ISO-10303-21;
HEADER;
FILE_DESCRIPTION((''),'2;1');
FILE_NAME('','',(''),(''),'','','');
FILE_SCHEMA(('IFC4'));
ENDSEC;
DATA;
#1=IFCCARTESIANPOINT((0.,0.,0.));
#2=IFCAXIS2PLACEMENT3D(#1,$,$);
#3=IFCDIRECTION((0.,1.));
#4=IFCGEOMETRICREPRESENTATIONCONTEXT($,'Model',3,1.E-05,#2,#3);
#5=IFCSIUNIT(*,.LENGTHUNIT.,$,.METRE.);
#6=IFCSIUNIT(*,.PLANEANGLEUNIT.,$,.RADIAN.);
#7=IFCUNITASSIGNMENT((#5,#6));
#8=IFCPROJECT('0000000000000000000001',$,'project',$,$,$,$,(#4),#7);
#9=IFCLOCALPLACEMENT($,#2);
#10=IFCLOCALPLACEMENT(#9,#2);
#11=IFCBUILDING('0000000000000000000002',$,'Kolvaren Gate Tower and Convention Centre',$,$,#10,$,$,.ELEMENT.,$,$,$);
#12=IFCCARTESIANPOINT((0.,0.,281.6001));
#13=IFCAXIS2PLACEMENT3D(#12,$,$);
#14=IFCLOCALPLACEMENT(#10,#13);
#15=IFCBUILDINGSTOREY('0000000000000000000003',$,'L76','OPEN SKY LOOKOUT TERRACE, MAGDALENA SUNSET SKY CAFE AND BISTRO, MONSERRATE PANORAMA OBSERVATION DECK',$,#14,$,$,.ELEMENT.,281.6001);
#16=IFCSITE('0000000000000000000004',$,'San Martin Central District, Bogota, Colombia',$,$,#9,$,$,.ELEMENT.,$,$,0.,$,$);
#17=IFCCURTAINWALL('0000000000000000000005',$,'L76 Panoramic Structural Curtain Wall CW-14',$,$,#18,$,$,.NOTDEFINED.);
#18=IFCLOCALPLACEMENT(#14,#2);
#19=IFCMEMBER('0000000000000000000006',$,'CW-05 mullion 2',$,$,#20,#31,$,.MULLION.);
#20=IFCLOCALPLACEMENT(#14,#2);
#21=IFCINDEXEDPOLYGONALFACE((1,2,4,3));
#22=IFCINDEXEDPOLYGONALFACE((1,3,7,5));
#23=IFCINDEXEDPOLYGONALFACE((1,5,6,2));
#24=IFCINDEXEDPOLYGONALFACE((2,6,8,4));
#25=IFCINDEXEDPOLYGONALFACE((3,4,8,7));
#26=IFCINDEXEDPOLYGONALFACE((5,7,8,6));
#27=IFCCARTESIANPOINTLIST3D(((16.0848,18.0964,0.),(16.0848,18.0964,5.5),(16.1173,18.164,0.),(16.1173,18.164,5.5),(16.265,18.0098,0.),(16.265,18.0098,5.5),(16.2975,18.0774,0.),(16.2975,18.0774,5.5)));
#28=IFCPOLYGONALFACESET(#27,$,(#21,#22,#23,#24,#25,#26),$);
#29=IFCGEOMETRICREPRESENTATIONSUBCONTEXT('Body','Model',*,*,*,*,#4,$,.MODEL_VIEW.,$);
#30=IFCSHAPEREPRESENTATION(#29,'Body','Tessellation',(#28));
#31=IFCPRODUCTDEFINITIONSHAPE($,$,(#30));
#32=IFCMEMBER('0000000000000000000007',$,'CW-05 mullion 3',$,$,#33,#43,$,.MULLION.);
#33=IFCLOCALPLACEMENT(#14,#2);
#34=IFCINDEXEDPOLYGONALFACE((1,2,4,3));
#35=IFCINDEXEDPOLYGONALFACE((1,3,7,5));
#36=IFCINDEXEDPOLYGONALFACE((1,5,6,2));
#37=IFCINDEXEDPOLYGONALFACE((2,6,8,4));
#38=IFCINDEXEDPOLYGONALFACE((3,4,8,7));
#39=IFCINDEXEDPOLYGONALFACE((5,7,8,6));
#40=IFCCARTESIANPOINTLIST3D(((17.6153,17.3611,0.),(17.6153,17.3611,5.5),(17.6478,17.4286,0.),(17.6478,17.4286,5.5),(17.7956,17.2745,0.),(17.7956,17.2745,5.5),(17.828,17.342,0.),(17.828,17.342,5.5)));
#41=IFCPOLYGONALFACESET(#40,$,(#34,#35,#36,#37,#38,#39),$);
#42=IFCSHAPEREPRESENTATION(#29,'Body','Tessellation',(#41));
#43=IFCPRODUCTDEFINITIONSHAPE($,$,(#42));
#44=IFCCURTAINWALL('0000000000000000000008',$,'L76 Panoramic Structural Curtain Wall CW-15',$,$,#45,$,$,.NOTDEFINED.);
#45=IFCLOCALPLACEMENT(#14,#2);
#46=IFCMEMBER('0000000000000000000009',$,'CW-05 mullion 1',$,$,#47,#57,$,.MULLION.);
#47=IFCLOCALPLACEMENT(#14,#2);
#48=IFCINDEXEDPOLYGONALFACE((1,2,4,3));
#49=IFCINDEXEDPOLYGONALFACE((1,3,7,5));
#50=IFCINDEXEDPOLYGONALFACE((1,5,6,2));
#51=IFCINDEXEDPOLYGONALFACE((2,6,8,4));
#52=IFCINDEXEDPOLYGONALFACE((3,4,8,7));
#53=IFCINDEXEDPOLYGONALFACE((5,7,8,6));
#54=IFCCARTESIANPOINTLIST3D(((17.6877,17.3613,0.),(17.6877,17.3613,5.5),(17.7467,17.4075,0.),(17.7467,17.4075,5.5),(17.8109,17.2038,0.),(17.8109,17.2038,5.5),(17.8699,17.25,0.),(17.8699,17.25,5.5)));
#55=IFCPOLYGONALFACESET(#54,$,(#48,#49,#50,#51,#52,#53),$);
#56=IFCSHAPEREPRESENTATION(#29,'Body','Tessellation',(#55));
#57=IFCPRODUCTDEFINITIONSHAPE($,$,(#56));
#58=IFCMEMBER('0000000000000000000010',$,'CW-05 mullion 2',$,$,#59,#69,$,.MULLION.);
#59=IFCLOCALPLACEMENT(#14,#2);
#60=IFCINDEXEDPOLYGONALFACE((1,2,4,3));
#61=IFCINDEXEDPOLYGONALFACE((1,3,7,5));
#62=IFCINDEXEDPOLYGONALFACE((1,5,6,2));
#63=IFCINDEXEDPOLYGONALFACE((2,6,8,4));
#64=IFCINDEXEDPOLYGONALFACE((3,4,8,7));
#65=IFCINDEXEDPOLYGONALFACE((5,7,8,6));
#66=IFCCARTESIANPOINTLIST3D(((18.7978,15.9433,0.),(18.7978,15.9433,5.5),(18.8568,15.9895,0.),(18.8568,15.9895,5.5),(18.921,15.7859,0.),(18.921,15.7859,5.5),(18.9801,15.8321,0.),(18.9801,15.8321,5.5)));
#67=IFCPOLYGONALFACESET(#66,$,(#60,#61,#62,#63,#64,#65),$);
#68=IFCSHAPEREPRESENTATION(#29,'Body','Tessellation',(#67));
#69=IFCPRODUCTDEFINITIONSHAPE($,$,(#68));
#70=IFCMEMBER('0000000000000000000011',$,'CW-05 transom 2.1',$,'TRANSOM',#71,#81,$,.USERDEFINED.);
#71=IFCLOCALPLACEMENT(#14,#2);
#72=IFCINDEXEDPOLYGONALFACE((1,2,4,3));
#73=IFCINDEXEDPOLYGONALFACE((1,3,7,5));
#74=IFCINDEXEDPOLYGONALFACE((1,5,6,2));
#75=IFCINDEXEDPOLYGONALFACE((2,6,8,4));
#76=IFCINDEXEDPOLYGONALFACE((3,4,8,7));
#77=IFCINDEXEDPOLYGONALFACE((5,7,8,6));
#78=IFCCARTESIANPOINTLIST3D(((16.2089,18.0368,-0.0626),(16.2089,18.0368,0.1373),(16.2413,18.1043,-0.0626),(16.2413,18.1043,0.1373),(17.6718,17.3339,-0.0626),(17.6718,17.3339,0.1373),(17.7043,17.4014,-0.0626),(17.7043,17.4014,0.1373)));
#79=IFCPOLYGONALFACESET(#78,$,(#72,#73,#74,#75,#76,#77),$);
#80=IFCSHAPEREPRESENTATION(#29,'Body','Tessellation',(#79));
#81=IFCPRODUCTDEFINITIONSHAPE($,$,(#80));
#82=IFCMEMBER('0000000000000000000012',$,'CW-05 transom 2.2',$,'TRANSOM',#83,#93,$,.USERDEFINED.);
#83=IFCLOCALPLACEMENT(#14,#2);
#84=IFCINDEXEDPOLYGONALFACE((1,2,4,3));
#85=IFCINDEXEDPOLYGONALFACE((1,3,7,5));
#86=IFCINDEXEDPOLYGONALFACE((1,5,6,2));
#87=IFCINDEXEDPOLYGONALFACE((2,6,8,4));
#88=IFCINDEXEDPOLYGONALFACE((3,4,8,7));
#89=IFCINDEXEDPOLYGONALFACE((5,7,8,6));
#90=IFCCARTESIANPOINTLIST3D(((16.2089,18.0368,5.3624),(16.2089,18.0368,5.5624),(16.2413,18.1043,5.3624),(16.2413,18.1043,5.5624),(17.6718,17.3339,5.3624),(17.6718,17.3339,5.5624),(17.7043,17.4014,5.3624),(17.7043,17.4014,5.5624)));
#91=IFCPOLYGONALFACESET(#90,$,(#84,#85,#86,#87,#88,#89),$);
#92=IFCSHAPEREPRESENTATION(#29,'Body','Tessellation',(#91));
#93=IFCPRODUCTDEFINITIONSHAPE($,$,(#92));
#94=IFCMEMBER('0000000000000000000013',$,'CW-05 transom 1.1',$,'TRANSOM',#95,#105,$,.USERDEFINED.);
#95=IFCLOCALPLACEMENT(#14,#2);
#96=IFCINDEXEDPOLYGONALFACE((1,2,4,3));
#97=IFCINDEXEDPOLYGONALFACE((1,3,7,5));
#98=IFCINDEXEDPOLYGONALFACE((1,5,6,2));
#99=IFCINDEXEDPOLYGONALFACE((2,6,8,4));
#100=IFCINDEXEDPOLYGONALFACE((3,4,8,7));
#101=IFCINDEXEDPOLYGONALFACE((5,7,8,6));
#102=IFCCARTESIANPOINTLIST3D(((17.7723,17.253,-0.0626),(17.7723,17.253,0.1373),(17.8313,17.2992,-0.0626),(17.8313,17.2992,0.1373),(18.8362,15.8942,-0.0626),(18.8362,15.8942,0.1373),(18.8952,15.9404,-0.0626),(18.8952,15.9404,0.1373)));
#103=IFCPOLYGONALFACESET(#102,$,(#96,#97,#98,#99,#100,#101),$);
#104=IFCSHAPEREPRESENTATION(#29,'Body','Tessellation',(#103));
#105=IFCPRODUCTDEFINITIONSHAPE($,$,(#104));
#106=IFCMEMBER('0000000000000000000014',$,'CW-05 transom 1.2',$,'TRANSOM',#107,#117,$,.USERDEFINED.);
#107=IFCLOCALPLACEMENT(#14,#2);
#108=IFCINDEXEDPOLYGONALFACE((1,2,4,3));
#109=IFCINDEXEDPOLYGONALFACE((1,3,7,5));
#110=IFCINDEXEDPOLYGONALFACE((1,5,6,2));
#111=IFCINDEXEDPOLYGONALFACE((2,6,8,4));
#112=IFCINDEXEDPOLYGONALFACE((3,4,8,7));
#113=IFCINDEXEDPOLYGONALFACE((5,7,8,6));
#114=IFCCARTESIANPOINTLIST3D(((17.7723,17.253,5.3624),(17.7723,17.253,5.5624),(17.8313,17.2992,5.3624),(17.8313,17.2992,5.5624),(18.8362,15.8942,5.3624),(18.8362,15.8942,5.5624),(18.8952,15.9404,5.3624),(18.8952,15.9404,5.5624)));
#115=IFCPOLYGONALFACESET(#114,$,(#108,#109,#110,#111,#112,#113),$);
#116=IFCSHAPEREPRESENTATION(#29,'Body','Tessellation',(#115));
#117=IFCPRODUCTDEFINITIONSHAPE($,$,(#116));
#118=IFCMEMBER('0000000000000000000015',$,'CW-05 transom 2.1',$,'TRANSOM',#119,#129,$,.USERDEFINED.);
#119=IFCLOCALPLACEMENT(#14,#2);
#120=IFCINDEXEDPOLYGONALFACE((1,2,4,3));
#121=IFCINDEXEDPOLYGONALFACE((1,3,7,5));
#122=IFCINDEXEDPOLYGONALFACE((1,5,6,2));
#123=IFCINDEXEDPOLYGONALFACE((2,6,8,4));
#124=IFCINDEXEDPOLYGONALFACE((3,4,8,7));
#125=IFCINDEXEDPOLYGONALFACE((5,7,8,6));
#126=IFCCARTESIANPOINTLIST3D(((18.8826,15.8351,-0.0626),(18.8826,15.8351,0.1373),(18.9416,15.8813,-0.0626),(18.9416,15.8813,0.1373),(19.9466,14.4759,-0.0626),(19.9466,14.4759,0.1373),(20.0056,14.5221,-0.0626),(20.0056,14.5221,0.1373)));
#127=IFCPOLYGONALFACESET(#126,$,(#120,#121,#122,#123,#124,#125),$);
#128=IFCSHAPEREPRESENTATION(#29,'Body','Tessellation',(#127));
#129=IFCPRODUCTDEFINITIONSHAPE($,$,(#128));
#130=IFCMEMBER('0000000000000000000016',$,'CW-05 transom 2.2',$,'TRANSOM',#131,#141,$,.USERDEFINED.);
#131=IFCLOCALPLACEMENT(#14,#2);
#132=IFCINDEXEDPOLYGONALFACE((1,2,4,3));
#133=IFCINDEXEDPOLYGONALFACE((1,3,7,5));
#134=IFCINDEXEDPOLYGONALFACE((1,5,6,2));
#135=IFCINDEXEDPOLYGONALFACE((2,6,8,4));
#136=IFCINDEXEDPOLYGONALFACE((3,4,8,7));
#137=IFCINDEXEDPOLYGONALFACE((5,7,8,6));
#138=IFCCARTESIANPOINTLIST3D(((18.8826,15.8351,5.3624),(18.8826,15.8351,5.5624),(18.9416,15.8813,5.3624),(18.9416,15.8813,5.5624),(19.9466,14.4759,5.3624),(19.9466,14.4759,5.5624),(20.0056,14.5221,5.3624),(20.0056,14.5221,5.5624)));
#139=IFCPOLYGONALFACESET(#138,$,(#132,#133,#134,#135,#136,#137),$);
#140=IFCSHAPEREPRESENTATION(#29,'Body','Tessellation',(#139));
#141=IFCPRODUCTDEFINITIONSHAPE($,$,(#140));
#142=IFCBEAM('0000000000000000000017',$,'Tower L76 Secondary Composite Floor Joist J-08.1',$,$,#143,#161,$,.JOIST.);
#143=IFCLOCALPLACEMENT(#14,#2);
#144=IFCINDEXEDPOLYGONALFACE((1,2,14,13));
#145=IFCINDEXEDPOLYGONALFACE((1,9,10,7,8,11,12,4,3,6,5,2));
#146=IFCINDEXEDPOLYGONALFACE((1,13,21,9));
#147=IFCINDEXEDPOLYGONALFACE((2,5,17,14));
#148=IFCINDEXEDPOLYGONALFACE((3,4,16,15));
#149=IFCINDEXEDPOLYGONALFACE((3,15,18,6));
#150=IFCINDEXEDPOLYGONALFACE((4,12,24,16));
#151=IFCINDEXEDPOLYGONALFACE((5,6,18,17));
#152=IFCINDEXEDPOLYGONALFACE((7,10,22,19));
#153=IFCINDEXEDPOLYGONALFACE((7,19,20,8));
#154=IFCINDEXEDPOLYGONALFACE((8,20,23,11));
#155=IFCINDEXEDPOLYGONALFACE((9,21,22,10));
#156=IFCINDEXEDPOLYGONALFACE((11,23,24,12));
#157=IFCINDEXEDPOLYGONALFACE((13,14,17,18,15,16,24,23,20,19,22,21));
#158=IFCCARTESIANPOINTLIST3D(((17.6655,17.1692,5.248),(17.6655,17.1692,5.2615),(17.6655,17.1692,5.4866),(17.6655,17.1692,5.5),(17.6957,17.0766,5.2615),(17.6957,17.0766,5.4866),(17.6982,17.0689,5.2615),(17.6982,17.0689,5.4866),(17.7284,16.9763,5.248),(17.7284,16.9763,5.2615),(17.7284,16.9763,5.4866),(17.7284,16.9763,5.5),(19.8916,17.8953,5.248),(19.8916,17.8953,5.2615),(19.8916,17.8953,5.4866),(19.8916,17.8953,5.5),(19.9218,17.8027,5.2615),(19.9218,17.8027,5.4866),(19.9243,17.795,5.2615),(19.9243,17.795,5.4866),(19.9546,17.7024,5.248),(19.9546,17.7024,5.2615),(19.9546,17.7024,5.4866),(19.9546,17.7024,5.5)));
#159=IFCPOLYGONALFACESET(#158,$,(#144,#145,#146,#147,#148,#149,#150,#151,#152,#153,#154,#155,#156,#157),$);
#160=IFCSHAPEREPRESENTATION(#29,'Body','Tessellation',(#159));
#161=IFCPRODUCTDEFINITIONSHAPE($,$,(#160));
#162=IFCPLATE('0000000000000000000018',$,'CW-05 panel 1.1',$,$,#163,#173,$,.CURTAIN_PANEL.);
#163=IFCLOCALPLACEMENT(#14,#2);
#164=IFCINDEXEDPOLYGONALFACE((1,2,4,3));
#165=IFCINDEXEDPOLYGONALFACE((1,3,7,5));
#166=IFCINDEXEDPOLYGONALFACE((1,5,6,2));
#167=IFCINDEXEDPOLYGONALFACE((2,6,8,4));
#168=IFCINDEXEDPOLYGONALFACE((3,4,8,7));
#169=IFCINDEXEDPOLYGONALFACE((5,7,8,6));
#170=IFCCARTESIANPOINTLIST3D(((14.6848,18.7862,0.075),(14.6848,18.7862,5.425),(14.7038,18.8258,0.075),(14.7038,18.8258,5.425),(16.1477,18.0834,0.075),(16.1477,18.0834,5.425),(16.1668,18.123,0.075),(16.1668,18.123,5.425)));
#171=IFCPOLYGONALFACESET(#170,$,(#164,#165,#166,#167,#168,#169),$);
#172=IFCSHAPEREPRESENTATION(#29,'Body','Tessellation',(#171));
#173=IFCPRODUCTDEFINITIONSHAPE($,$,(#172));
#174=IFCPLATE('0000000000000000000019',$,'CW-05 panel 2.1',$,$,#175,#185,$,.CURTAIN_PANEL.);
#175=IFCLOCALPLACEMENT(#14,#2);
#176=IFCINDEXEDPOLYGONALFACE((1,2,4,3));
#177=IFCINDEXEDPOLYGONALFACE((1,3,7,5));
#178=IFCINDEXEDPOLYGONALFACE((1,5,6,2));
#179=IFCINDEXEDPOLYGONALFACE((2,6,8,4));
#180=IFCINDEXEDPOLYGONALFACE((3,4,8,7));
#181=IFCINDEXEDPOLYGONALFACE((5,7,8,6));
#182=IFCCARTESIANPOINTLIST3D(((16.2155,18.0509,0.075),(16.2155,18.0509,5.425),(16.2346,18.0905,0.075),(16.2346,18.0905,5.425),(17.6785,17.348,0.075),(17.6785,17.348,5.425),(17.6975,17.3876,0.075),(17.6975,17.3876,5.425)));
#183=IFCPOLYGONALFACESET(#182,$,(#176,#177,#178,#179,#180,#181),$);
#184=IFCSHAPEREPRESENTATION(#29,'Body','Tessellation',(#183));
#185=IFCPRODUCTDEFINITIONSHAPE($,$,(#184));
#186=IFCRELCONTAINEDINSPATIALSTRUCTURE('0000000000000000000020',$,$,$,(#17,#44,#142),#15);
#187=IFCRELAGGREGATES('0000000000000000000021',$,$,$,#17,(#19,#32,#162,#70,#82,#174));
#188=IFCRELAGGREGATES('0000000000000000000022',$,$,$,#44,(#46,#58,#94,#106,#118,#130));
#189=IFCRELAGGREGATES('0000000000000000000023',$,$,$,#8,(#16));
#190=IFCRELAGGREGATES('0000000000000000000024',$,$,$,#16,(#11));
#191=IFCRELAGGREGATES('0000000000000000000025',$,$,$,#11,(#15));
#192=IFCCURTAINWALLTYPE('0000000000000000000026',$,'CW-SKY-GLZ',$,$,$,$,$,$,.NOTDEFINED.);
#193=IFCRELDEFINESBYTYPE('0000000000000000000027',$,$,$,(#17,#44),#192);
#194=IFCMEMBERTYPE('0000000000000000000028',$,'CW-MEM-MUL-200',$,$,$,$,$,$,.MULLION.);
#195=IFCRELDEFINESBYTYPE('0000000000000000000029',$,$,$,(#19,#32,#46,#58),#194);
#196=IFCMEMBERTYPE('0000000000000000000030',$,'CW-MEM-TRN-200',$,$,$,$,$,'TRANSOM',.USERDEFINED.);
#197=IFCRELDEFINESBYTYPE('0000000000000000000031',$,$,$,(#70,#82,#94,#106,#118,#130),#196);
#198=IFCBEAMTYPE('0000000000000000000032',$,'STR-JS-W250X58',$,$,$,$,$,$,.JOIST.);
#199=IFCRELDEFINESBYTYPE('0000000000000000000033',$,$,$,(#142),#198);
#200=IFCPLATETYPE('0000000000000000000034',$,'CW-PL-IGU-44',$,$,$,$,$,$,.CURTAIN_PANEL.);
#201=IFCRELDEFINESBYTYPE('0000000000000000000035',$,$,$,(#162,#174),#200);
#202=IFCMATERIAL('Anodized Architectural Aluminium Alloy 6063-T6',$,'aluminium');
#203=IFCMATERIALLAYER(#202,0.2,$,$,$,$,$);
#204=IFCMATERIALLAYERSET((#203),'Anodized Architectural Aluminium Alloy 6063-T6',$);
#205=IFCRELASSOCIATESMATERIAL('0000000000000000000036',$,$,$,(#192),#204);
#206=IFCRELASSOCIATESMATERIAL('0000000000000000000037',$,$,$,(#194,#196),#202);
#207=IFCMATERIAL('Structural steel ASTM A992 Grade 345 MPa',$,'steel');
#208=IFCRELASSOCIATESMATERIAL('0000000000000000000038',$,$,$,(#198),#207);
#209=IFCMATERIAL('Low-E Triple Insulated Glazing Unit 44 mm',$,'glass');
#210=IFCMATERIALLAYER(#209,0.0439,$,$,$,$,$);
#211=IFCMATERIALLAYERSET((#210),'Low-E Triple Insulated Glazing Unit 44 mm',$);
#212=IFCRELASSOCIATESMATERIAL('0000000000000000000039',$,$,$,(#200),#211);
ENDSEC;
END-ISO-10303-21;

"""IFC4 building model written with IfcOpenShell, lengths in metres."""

from ifc_helpers import new_model, si_unit, direction, frame, origin, origin_2d, place, context, subcontext, project, spatial, rectangle, i_section, extrude, material, layer, layer_set, material_profile, profile_set, type_object, element, aggregate, save


model = new_model("IFC4")

# Units and contexts
model_context = context("Model", 3, precision=1e-05, world=origin(), true_north=direction((0.0, 1.0)))
body_context = subcontext(model_context, "Body", "Model", "MODEL_VIEW")
ifc_project = project(units=[si_unit("LENGTHUNIT", "METRE"), si_unit("PLANEANGLEUNIT", "RADIAN")], contexts=[model_context])

# Site, building, storey
site_placement = place(None, origin())
site = spatial("IfcSite", under=ifc_project, at=site_placement, Name="San Martin Central District, Bogota, Colombia", CompositionType="ELEMENT", RefElevation=0.0)
building_placement = place(site_placement, origin())
building = spatial("IfcBuilding", under=site, at=building_placement, Name="Kolvaren Gate Tower and Convention Centre", CompositionType="ELEMENT")
storey_placement = place(building_placement, frame((0.0, 0.0, 281.6001)))
storey = spatial("IfcBuildingStorey", under=building, at=storey_placement, Name="L76", Description="OPEN SKY LOOKOUT TERRACE, MAGDALENA SUNSET SKY CAFE AND BISTRO, MONSERRATE PANORAMA OBSERVATION DECK", CompositionType="ELEMENT", Elevation=281.6001)

# Curtain walls, members
ifc_material_1 = material(Name="Anodized Architectural Aluminium Alloy 6063-T6", Category="aluminium")
ifc_layer_1 = layer(ifc_material_1, 0.2)
ifc_layer_set_1 = layer_set([ifc_layer_1], Name="Anodized Architectural Aluminium Alloy 6063-T6")
curtain_wall_type = type_object("IfcCurtainWallType", Name="CW-SKY-GLZ", PredefinedType="NOTDEFINED", material=ifc_layer_set_1)
curtain_wall_1_placement = place(storey_placement, origin())
curtain_wall_1 = element("IfcCurtainWall", 1, at=curtain_wall_1_placement, inside=storey, type_object=curtain_wall_type, Name="L76 Panoramic Structural Curtain Wall CW-14", PredefinedType="NOTDEFINED")
ifc_material_profile_1 = material_profile(ifc_material_1, rectangle(XDim=0.075, YDim=0.2, at=origin_2d()), Name="CW-MEM-MUL-200")
ifc_profile_set_1 = profile_set([ifc_material_profile_1], Name="Anodized Architectural Aluminium Alloy 6063-T6")
member_type_1 = type_object("IfcMemberType", Name="CW-MEM-MUL-200", PredefinedType="MULLION", material=ifc_profile_set_1)
member_1_placement = place(storey_placement, frame((16.1912, 18.0869, 0.0), z_axis=(0.0, 0.0, 1.0), x_axis=(0.433053, 0.901368, 0.0)))
member_1 = element("IfcMember", 2, at=member_1_placement, type_object=member_type_1, Name="CW-05 mullion 2", PredefinedType="MULLION", context=body_context, shape_type="SweptSolid", body=[
    extrude(rectangle(XDim=0.075, YDim=0.2, at=origin_2d()), origin(), (0.0, 0.0, 1.0), 5.5),
])
member_2_placement = place(storey_placement, frame((17.7217, 17.3516, 0.0), z_axis=(0.0, 0.0, 1.0), x_axis=(0.433053, 0.901368, 0.0)))
member_2 = element("IfcMember", 3, at=member_2_placement, type_object=member_type_1, Name="CW-05 mullion 3", PredefinedType="MULLION", context=body_context, shape_type="SweptSolid", body=[
    extrude(rectangle(XDim=0.075, YDim=0.2, at=origin_2d()), origin(), (0.0, 0.0, 1.0), 5.5),
])
curtain_wall_2_placement = place(storey_placement, origin())
curtain_wall_2 = element("IfcCurtainWall", 4, at=curtain_wall_2_placement, inside=storey, type_object=curtain_wall_type, Name="L76 Panoramic Structural Curtain Wall CW-15", PredefinedType="NOTDEFINED")
member_3_placement = place(storey_placement, frame((17.7788, 17.3057, 0.0), z_axis=(0.0, 0.0, 1.0), x_axis=(0.787411, 0.616429, 0.0)))
member_3 = element("IfcMember", 5, at=member_3_placement, type_object=member_type_1, Name="CW-05 mullion 1", PredefinedType="MULLION", context=body_context, shape_type="SweptSolid", body=[
    extrude(rectangle(XDim=0.075, YDim=0.2, at=origin_2d()), origin(), (0.0, 0.0, 1.0), 5.5),
])
member_4_placement = place(storey_placement, frame((18.8889, 15.8877, 0.0), z_axis=(0.0, 0.0, 1.0), x_axis=(0.787411, 0.616429, 0.0)))
member_4 = element("IfcMember", 6, at=member_4_placement, type_object=member_type_1, Name="CW-05 mullion 2", PredefinedType="MULLION", context=body_context, shape_type="SweptSolid", body=[
    extrude(rectangle(XDim=0.075, YDim=0.2, at=origin_2d()), origin(), (0.0, 0.0, 1.0), 5.5),
])

# Members
ifc_material_profile_2 = material_profile(ifc_material_1, rectangle(XDim=0.075, YDim=0.2, at=origin_2d()), Name="CW-MEM-TRN-200")
ifc_profile_set_2 = profile_set([ifc_material_profile_2], Name="Anodized Architectural Aluminium Alloy 6063-T6")
member_type_2 = type_object("IfcMemberType", Name="CW-MEM-TRN-200", ElementType="TRANSOM", PredefinedType="USERDEFINED", material=ifc_profile_set_2)
member_5_placement = place(storey_placement, frame((16.2251, 18.0706, 0.0374), z_axis=(0.901356, -0.433078, 0.0), x_axis=(0.433078, 0.901356, 0.0)))
member_5 = element("IfcMember", 7, at=member_5_placement, type_object=member_type_2, Name="CW-05 transom 2.1", ObjectType="TRANSOM", PredefinedType="USERDEFINED", context=body_context, shape_type="SweptSolid", body=[
    extrude(rectangle(XDim=0.075, YDim=0.2, at=origin_2d()), origin(), (0.0, 0.0, 1.0), 1.623),
])
member_6_placement = place(storey_placement, frame((16.2251, 18.0706, 5.4624), z_axis=(0.901356, -0.433078, 0.0), x_axis=(0.433078, 0.901356, 0.0)))
member_6 = element("IfcMember", 8, at=member_6_placement, type_object=member_type_2, Name="CW-05 transom 2.2", ObjectType="TRANSOM", PredefinedType="USERDEFINED", context=body_context, shape_type="SweptSolid", body=[
    extrude(rectangle(XDim=0.075, YDim=0.2, at=origin_2d()), origin(), (0.0, 0.0, 1.0), 1.623),
])
member_7_placement = place(storey_placement, frame((17.8018, 17.2761, 0.0374), z_axis=(0.616484, -0.787368, 0.0), x_axis=(0.787368, 0.616484, 0.0)))
member_7 = element("IfcMember", 9, at=member_7_placement, type_object=member_type_2, Name="CW-05 transom 1.1", ObjectType="TRANSOM", PredefinedType="USERDEFINED", context=body_context, shape_type="SweptSolid", body=[
    extrude(rectangle(XDim=0.075, YDim=0.2, at=origin_2d()), origin(), (0.0, 0.0, 1.0), 1.7258),
])
member_8_placement = place(storey_placement, frame((17.8018, 17.2761, 5.4624), z_axis=(0.616484, -0.787368, 0.0), x_axis=(0.787368, 0.616484, 0.0)))
member_8 = element("IfcMember", 10, at=member_8_placement, type_object=member_type_2, Name="CW-05 transom 1.2", ObjectType="TRANSOM", PredefinedType="USERDEFINED", context=body_context, shape_type="SweptSolid", body=[
    extrude(rectangle(XDim=0.075, YDim=0.2, at=origin_2d()), origin(), (0.0, 0.0, 1.0), 1.7258),
])
member_9_placement = place(storey_placement, frame((18.9121, 15.8582, 0.0374), z_axis=(0.616415, -0.787421, 0.0), x_axis=(0.787421, 0.616415, 0.0)))
member_9 = element("IfcMember", 11, at=member_9_placement, type_object=member_type_2, Name="CW-05 transom 2.1", ObjectType="TRANSOM", PredefinedType="USERDEFINED", context=body_context, shape_type="SweptSolid", body=[
    extrude(rectangle(XDim=0.075, YDim=0.2, at=origin_2d()), origin(), (0.0, 0.0, 1.0), 1.7261),
])
member_10_placement = place(storey_placement, frame((18.9121, 15.8582, 5.4624), z_axis=(0.616415, -0.787421, 0.0), x_axis=(0.787421, 0.616415, 0.0)))
member_10 = element("IfcMember", 12, at=member_10_placement, type_object=member_type_2, Name="CW-05 transom 2.2", ObjectType="TRANSOM", PredefinedType="USERDEFINED", context=body_context, shape_type="SweptSolid", body=[
    extrude(rectangle(XDim=0.075, YDim=0.2, at=origin_2d()), origin(), (0.0, 0.0, 1.0), 1.7261),
])

# Beam
ifc_material_2 = material(Name="Structural steel ASTM A992 Grade 345 MPa", Category="steel")
ifc_material_profile_3 = material_profile(ifc_material_2, i_section(OverallWidth=0.2029, OverallDepth=0.252, WebThickness=0.0081, FlangeThickness=0.0134, at=origin_2d()), Name="W250X58")
ifc_profile_set_3 = profile_set([ifc_material_profile_3], Name="Structural steel ASTM A992 Grade 345 MPa")
beam_type = type_object("IfcBeamType", Name="STR-JS-W250X58", PredefinedType="JOIST", material=ifc_profile_set_3)
beam_placement = place(storey_placement, frame((19.9231, 17.7988, 5.374), z_axis=(-0.950707, -0.31009, 0.0), x_axis=(0.31009, -0.950707, 0.0)))
element("IfcBeam", 13, at=beam_placement, inside=storey, type_object=beam_type, Name="Tower L76 Secondary Composite Floor Joist J-08.1", PredefinedType="JOIST", context=body_context, shape_type="SweptSolid", body=[
    extrude(i_section(OverallWidth=0.2029, OverallDepth=0.252, WebThickness=0.0081, FlangeThickness=0.0134, at=origin_2d()), origin(), (0.0, 0.0, 1.0), 2.3416),
])

# Plates
ifc_material_3 = material(Name="Low-E Triple Insulated Glazing Unit 44 mm", Category="glass")
ifc_layer_2 = layer(ifc_material_3, 0.0439)
ifc_layer_set_2 = layer_set([ifc_layer_2], Name="Low-E Triple Insulated Glazing Unit 44 mm")
plate_type_1 = type_object("IfcPlateType", Name="CW-PL-IGU-44", PredefinedType="CURTAIN_PANEL", material=ifc_layer_set_2)
plate_1_placement = place(storey_placement, frame((15.4258, 18.4546, 0.075), z_axis=(0.0, 0.0, 1.0), x_axis=(0.901368, -0.433053, 0.0)))
plate_1 = element("IfcPlate", 14, at=plate_1_placement, type_object=plate_type_1, Name="CW-05 panel 1.1", PredefinedType="CURTAIN_PANEL", context=body_context, shape_type="SweptSolid", body=[
    extrude(rectangle(XDim=1.623, YDim=0.0439, at=origin_2d()), origin(), (0.0, 0.0, 1.0), 5.3501),
])
plate_2_placement = place(storey_placement, frame((16.9565, 17.7192, 0.075), z_axis=(0.0, 0.0, 1.0), x_axis=(0.901368, -0.433053, 0.0)))
plate_2 = element("IfcPlate", 15, at=plate_2_placement, type_object=plate_type_1, Name="CW-05 panel 2.1", PredefinedType="CURTAIN_PANEL", context=body_context, shape_type="SweptSolid", body=[
    extrude(rectangle(XDim=1.623, YDim=0.0439, at=origin_2d()), origin(), (0.0, 0.0, 1.0), 5.3501),
])
aggregate(curtain_wall_1, [member_1, member_2, plate_1, member_5, member_6, plate_2])
aggregate(curtain_wall_2, [member_3, member_4, member_7, member_8, member_9, member_10])

save(model, "model.ifc")
